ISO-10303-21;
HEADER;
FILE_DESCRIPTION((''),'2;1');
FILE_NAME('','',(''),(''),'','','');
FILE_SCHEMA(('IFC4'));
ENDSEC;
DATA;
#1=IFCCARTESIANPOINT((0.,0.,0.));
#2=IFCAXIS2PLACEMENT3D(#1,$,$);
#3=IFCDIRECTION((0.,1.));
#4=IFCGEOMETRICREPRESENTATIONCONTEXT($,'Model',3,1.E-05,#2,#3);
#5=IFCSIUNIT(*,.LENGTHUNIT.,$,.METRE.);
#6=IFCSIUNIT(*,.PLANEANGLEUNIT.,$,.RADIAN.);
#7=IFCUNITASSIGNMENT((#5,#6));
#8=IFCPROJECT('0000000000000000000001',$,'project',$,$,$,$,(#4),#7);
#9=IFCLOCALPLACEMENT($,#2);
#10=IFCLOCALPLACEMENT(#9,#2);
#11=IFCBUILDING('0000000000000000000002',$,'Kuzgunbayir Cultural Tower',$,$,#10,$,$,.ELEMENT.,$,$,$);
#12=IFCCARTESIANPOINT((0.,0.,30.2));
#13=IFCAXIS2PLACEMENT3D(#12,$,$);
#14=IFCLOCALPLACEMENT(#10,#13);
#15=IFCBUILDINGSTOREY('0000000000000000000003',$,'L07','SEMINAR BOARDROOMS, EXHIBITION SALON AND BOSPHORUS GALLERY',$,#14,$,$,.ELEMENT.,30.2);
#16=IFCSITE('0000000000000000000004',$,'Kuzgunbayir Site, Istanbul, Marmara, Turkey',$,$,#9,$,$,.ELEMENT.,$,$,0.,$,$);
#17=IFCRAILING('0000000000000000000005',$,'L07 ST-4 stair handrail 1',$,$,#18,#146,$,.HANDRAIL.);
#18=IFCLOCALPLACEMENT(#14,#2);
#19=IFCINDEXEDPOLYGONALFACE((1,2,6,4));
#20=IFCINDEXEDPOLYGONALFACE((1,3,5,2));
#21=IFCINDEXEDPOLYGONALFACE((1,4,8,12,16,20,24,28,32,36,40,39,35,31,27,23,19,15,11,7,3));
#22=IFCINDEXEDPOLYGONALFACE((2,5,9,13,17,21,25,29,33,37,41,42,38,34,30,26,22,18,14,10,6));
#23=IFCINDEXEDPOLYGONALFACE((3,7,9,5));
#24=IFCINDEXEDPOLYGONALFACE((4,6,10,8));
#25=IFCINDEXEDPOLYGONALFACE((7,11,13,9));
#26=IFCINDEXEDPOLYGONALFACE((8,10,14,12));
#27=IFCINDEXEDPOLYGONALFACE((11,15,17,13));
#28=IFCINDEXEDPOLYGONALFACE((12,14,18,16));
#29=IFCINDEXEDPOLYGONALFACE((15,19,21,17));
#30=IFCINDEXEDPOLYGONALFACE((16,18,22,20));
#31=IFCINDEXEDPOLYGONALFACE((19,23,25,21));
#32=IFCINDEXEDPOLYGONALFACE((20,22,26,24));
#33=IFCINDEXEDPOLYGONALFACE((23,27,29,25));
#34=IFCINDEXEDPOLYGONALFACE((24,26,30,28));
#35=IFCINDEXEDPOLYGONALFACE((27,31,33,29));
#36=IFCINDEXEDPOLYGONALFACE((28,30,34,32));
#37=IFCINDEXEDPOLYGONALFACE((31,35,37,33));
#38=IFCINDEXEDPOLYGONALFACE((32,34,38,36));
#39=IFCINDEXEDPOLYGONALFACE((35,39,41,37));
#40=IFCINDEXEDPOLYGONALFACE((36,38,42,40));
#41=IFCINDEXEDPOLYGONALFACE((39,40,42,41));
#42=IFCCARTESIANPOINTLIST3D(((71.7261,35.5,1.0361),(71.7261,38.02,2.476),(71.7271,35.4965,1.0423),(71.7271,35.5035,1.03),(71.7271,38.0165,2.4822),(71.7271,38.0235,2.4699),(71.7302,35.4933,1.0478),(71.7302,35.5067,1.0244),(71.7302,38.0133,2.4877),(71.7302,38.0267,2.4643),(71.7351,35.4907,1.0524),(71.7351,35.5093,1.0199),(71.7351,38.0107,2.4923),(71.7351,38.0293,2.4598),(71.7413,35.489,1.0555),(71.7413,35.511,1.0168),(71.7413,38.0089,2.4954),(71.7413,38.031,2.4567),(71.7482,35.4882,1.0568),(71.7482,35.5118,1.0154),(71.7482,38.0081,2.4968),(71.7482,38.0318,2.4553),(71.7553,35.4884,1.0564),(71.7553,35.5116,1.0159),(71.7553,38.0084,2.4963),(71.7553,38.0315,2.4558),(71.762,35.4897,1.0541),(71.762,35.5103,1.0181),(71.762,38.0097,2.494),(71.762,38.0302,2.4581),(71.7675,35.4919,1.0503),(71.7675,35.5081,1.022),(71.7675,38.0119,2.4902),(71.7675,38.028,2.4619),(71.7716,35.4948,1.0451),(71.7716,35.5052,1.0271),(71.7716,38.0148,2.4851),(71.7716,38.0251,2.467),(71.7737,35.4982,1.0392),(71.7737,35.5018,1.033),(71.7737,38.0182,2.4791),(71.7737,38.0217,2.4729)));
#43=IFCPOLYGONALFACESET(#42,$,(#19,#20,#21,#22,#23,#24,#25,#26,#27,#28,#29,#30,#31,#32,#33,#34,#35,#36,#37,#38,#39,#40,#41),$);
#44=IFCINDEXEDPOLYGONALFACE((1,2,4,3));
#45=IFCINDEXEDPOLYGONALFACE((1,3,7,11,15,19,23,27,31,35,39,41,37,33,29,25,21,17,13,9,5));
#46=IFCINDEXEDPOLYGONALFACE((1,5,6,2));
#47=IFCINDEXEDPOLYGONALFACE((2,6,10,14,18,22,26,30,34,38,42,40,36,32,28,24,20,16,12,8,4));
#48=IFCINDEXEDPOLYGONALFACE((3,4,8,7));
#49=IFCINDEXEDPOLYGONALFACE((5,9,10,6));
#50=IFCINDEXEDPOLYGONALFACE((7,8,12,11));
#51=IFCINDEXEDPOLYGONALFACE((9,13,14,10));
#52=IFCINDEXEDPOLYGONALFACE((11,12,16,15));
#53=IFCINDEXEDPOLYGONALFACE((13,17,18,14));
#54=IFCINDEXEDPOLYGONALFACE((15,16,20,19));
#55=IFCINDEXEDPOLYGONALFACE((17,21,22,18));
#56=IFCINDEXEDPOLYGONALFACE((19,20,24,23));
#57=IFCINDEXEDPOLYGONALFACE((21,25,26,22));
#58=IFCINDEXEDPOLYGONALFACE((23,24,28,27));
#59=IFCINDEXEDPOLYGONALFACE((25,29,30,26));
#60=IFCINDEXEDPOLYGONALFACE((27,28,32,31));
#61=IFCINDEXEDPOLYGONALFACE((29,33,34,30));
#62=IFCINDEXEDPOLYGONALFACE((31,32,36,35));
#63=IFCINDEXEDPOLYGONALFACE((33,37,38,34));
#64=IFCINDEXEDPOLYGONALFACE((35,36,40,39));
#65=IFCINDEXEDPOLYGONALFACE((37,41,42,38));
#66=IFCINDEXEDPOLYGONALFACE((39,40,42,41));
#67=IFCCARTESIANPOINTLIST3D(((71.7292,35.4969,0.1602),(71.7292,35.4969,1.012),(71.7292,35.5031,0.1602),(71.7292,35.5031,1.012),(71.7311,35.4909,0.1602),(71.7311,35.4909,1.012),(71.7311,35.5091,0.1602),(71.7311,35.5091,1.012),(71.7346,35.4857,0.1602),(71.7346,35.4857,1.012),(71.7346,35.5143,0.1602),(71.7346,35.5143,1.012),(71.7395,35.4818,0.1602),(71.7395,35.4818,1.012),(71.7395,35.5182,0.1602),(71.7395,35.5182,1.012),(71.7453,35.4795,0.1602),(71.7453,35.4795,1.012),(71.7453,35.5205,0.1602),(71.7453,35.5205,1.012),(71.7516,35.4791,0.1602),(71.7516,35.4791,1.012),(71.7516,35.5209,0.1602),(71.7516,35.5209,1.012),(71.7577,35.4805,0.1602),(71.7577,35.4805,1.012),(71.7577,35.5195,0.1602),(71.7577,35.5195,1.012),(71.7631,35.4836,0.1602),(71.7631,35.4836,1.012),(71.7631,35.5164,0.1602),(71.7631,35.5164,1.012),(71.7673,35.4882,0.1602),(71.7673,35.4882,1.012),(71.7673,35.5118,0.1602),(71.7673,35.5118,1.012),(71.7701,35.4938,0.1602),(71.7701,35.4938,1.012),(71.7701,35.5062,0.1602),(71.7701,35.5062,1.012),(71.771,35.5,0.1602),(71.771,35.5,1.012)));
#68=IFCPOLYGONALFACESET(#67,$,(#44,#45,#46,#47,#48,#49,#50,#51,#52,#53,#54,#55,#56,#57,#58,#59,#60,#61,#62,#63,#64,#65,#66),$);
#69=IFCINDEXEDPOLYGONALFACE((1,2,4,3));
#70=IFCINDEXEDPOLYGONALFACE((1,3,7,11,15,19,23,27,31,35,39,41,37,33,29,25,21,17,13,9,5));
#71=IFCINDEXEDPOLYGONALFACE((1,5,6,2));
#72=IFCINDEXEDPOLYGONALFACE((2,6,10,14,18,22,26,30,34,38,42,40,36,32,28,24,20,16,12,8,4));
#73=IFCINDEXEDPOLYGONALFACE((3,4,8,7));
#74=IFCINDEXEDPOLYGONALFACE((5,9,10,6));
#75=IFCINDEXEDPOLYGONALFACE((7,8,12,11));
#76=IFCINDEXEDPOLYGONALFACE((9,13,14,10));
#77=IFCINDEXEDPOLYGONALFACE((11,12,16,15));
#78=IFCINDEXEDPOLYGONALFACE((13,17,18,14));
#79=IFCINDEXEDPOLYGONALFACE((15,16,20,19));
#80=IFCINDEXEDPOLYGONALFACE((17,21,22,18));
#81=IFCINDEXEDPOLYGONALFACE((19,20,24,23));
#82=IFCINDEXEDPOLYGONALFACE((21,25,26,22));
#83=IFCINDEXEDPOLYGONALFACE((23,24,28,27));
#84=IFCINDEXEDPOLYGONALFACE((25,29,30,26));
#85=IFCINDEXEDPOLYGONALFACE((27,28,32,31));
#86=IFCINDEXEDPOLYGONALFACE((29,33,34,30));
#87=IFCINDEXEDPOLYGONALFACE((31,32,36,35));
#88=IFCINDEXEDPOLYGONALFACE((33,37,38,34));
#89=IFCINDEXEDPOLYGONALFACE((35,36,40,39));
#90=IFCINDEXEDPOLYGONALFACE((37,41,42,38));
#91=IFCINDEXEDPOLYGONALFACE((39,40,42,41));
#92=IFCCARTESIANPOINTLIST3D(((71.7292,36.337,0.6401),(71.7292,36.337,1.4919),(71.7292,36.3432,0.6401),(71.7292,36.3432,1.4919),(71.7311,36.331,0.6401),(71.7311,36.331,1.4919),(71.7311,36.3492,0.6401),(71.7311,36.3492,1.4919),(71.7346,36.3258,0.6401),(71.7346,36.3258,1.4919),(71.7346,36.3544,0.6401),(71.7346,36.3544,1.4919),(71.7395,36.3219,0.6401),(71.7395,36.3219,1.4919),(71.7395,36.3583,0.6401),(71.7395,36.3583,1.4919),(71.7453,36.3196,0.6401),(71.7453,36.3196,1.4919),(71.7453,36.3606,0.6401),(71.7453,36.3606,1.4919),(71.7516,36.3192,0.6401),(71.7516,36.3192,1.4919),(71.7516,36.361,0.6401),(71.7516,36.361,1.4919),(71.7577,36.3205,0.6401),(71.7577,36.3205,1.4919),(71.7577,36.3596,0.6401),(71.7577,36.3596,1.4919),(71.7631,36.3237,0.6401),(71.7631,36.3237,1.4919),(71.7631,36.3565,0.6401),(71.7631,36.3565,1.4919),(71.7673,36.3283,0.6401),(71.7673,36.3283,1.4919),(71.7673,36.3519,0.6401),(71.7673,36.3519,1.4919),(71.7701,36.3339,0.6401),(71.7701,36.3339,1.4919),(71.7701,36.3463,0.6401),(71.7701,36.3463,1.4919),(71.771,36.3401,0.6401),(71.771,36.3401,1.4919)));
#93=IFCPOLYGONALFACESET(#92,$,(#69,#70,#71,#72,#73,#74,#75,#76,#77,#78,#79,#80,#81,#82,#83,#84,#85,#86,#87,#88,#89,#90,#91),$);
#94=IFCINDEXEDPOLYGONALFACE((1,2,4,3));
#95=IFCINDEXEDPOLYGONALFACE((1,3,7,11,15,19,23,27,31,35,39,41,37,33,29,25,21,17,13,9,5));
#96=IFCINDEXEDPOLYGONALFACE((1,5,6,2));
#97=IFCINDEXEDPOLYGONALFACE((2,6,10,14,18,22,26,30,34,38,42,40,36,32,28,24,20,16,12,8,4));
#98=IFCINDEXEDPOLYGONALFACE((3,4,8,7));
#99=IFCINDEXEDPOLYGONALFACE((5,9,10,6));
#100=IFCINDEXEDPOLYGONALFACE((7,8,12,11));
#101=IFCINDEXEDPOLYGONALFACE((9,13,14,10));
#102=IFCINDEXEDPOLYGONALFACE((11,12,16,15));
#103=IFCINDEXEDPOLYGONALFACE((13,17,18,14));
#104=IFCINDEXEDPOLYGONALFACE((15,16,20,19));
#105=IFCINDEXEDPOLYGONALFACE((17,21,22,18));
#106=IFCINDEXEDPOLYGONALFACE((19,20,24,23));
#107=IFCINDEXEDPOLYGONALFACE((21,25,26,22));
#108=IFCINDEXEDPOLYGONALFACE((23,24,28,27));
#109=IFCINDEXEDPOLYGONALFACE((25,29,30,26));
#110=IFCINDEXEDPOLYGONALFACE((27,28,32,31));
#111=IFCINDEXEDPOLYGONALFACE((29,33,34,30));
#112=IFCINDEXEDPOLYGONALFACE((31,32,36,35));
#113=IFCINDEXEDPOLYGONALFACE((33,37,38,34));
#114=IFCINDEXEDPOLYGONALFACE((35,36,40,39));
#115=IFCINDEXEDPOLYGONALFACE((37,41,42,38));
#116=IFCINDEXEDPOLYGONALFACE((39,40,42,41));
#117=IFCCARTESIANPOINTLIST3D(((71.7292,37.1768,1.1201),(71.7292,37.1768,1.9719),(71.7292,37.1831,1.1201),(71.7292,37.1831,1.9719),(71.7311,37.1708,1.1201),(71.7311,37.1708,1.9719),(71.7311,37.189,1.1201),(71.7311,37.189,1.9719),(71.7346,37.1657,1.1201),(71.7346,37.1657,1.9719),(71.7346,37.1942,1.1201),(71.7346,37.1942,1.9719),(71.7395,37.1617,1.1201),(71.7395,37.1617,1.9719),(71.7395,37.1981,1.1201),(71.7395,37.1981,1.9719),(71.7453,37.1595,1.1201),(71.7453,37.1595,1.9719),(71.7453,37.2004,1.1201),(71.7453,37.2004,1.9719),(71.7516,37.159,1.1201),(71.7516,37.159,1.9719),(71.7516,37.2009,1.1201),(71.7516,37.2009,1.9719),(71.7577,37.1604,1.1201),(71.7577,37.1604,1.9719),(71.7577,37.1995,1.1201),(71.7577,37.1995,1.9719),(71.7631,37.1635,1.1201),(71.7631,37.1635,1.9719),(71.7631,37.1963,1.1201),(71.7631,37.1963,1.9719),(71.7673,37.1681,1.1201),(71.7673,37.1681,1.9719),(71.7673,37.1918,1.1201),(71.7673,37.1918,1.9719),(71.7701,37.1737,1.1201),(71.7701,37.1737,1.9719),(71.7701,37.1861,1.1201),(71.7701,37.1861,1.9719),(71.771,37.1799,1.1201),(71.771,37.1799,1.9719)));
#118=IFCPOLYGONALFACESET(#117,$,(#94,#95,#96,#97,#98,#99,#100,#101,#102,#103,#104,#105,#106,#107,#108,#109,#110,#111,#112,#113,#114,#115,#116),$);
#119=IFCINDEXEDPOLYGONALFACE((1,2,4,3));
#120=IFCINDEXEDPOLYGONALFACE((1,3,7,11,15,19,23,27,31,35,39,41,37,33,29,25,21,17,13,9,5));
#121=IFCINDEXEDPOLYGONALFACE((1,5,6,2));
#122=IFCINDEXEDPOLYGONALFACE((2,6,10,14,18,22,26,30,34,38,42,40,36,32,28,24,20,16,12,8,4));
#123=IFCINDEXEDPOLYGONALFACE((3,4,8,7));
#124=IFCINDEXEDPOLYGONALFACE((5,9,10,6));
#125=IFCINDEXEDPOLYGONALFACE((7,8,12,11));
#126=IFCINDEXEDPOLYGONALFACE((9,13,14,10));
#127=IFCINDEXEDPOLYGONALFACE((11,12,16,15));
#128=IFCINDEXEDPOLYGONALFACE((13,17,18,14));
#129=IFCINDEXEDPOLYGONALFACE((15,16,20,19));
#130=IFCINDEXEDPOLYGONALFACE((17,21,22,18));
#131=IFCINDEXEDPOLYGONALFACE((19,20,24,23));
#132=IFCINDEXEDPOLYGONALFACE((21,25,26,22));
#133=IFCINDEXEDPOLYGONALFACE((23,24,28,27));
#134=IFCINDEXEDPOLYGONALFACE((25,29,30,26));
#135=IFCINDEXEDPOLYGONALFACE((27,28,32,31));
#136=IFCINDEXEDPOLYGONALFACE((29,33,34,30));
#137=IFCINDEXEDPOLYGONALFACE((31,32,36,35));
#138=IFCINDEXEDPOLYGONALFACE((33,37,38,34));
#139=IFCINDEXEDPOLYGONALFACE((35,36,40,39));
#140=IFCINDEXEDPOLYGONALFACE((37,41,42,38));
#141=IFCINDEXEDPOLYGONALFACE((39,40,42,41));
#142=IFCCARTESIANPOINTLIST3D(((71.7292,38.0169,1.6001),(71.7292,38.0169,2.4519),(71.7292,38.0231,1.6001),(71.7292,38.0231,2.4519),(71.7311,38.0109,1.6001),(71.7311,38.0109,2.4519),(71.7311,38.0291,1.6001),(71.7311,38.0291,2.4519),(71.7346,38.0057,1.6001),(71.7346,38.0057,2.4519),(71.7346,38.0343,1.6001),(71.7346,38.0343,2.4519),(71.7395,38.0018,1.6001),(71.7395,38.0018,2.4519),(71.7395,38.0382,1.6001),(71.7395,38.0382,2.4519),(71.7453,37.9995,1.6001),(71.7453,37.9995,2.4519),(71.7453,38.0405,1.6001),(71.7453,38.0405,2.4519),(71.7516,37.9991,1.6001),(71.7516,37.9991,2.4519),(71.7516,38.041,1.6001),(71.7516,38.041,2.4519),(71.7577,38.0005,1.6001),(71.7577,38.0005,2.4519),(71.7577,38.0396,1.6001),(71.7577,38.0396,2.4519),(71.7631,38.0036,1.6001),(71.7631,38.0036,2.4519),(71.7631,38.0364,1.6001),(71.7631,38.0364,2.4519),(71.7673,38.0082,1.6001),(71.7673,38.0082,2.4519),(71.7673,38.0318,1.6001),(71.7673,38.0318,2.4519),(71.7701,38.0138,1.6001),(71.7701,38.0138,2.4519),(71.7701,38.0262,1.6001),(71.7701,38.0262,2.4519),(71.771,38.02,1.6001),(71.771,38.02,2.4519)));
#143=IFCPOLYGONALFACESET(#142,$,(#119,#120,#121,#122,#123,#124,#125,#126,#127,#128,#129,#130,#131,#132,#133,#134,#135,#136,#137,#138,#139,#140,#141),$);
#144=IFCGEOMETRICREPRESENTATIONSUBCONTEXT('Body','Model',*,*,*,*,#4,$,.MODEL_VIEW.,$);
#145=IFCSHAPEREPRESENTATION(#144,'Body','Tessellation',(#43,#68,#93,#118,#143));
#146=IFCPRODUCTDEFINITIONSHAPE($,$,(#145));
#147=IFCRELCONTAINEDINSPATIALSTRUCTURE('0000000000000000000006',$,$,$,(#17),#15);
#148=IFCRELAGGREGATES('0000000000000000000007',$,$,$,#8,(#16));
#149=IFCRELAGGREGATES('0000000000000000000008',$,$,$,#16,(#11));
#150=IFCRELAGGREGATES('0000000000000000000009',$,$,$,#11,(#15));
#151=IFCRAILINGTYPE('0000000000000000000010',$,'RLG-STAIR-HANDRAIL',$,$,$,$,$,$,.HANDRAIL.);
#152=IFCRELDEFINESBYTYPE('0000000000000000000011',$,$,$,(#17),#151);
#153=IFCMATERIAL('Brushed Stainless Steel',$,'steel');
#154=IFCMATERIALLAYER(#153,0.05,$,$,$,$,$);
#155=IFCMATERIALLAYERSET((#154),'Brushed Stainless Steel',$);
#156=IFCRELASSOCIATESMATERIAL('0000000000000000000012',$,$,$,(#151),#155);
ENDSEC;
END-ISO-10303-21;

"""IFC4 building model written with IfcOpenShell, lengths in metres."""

from ifc_helpers import new_model, si_unit, direction, frame, origin, origin_2d, place, context, subcontext, project, spatial, circle, extrude, material, layer, layer_set, type_object, element, save


model = new_model("IFC4")

# Units and contexts
model_context = context("Model", 3, precision=1e-05, world=origin(), true_north=direction((0.0, 1.0)))
body_context = subcontext(model_context, "Body", "Model", "MODEL_VIEW")
ifc_project = project(units=[si_unit("LENGTHUNIT", "METRE"), si_unit("PLANEANGLEUNIT", "RADIAN")], contexts=[model_context])

# Site, building, storey
site_placement = place(None, origin())
site = spatial("IfcSite", under=ifc_project, at=site_placement, Name="Kuzgunbayir Site, Istanbul, Marmara, Turkey", CompositionType="ELEMENT", RefElevation=0.0)
building_placement = place(site_placement, origin())
building = spatial("IfcBuilding", under=site, at=building_placement, Name="Kuzgunbayir Cultural Tower", CompositionType="ELEMENT")
storey_placement = place(building_placement, frame((0.0, 0.0, 30.2)))
storey = spatial("IfcBuildingStorey", under=building, at=storey_placement, Name="L07", Description="SEMINAR BOARDROOMS, EXHIBITION SALON AND BOSPHORUS GALLERY", CompositionType="ELEMENT", Elevation=30.2)

# Shared definitions
ifc_material_1 = material(Name="Brushed Stainless Steel", Category="steel")

# Railing
ifc_layer_1 = layer(ifc_material_1, 0.05)
ifc_layer_set_1 = layer_set([ifc_layer_1], Name="Brushed Stainless Steel")
railing_type_1 = type_object("IfcRailingType", Name="RLG-STAIR-HANDRAIL", PredefinedType="HANDRAIL", material=ifc_layer_set_1)
railing_1_placement = place(storey_placement, frame((71.75, 35.5, 0.1602)))
element("IfcRailing", 1, at=railing_1_placement, inside=storey, type_object=railing_type_1, Name="L07 ST-4 stair handrail 1", PredefinedType="HANDRAIL", context=body_context, shape_type="SweptSolid", body=[
    extrude(circle(Radius=0.0239, at=origin_2d()), frame((0.0, 0.0, 0.876), z_axis=(0.0, 0.868253, 0.496121), x_axis=(-1.0, 0.0, 0.0)), (0.0, 0.0, 1.0), 2.9023),
    extrude(circle(Radius=0.021, at=origin_2d()), origin(), (0.0, 0.0, 1.0), 0.8518),
    extrude(circle(Radius=0.021, at=origin_2d()), frame((0.0, 0.8401, 0.48)), (0.0, 0.0, 1.0), 0.8518),
    extrude(circle(Radius=0.021, at=origin_2d()), frame((0.0, 1.6799, 0.96)), (0.0, 0.0, 1.0), 0.8518),
    extrude(circle(Radius=0.021, at=origin_2d()), frame((0.0, 2.52, 1.4399)), (0.0, 0.0, 1.0), 0.8518),
])

save(model, "model.ifc")
